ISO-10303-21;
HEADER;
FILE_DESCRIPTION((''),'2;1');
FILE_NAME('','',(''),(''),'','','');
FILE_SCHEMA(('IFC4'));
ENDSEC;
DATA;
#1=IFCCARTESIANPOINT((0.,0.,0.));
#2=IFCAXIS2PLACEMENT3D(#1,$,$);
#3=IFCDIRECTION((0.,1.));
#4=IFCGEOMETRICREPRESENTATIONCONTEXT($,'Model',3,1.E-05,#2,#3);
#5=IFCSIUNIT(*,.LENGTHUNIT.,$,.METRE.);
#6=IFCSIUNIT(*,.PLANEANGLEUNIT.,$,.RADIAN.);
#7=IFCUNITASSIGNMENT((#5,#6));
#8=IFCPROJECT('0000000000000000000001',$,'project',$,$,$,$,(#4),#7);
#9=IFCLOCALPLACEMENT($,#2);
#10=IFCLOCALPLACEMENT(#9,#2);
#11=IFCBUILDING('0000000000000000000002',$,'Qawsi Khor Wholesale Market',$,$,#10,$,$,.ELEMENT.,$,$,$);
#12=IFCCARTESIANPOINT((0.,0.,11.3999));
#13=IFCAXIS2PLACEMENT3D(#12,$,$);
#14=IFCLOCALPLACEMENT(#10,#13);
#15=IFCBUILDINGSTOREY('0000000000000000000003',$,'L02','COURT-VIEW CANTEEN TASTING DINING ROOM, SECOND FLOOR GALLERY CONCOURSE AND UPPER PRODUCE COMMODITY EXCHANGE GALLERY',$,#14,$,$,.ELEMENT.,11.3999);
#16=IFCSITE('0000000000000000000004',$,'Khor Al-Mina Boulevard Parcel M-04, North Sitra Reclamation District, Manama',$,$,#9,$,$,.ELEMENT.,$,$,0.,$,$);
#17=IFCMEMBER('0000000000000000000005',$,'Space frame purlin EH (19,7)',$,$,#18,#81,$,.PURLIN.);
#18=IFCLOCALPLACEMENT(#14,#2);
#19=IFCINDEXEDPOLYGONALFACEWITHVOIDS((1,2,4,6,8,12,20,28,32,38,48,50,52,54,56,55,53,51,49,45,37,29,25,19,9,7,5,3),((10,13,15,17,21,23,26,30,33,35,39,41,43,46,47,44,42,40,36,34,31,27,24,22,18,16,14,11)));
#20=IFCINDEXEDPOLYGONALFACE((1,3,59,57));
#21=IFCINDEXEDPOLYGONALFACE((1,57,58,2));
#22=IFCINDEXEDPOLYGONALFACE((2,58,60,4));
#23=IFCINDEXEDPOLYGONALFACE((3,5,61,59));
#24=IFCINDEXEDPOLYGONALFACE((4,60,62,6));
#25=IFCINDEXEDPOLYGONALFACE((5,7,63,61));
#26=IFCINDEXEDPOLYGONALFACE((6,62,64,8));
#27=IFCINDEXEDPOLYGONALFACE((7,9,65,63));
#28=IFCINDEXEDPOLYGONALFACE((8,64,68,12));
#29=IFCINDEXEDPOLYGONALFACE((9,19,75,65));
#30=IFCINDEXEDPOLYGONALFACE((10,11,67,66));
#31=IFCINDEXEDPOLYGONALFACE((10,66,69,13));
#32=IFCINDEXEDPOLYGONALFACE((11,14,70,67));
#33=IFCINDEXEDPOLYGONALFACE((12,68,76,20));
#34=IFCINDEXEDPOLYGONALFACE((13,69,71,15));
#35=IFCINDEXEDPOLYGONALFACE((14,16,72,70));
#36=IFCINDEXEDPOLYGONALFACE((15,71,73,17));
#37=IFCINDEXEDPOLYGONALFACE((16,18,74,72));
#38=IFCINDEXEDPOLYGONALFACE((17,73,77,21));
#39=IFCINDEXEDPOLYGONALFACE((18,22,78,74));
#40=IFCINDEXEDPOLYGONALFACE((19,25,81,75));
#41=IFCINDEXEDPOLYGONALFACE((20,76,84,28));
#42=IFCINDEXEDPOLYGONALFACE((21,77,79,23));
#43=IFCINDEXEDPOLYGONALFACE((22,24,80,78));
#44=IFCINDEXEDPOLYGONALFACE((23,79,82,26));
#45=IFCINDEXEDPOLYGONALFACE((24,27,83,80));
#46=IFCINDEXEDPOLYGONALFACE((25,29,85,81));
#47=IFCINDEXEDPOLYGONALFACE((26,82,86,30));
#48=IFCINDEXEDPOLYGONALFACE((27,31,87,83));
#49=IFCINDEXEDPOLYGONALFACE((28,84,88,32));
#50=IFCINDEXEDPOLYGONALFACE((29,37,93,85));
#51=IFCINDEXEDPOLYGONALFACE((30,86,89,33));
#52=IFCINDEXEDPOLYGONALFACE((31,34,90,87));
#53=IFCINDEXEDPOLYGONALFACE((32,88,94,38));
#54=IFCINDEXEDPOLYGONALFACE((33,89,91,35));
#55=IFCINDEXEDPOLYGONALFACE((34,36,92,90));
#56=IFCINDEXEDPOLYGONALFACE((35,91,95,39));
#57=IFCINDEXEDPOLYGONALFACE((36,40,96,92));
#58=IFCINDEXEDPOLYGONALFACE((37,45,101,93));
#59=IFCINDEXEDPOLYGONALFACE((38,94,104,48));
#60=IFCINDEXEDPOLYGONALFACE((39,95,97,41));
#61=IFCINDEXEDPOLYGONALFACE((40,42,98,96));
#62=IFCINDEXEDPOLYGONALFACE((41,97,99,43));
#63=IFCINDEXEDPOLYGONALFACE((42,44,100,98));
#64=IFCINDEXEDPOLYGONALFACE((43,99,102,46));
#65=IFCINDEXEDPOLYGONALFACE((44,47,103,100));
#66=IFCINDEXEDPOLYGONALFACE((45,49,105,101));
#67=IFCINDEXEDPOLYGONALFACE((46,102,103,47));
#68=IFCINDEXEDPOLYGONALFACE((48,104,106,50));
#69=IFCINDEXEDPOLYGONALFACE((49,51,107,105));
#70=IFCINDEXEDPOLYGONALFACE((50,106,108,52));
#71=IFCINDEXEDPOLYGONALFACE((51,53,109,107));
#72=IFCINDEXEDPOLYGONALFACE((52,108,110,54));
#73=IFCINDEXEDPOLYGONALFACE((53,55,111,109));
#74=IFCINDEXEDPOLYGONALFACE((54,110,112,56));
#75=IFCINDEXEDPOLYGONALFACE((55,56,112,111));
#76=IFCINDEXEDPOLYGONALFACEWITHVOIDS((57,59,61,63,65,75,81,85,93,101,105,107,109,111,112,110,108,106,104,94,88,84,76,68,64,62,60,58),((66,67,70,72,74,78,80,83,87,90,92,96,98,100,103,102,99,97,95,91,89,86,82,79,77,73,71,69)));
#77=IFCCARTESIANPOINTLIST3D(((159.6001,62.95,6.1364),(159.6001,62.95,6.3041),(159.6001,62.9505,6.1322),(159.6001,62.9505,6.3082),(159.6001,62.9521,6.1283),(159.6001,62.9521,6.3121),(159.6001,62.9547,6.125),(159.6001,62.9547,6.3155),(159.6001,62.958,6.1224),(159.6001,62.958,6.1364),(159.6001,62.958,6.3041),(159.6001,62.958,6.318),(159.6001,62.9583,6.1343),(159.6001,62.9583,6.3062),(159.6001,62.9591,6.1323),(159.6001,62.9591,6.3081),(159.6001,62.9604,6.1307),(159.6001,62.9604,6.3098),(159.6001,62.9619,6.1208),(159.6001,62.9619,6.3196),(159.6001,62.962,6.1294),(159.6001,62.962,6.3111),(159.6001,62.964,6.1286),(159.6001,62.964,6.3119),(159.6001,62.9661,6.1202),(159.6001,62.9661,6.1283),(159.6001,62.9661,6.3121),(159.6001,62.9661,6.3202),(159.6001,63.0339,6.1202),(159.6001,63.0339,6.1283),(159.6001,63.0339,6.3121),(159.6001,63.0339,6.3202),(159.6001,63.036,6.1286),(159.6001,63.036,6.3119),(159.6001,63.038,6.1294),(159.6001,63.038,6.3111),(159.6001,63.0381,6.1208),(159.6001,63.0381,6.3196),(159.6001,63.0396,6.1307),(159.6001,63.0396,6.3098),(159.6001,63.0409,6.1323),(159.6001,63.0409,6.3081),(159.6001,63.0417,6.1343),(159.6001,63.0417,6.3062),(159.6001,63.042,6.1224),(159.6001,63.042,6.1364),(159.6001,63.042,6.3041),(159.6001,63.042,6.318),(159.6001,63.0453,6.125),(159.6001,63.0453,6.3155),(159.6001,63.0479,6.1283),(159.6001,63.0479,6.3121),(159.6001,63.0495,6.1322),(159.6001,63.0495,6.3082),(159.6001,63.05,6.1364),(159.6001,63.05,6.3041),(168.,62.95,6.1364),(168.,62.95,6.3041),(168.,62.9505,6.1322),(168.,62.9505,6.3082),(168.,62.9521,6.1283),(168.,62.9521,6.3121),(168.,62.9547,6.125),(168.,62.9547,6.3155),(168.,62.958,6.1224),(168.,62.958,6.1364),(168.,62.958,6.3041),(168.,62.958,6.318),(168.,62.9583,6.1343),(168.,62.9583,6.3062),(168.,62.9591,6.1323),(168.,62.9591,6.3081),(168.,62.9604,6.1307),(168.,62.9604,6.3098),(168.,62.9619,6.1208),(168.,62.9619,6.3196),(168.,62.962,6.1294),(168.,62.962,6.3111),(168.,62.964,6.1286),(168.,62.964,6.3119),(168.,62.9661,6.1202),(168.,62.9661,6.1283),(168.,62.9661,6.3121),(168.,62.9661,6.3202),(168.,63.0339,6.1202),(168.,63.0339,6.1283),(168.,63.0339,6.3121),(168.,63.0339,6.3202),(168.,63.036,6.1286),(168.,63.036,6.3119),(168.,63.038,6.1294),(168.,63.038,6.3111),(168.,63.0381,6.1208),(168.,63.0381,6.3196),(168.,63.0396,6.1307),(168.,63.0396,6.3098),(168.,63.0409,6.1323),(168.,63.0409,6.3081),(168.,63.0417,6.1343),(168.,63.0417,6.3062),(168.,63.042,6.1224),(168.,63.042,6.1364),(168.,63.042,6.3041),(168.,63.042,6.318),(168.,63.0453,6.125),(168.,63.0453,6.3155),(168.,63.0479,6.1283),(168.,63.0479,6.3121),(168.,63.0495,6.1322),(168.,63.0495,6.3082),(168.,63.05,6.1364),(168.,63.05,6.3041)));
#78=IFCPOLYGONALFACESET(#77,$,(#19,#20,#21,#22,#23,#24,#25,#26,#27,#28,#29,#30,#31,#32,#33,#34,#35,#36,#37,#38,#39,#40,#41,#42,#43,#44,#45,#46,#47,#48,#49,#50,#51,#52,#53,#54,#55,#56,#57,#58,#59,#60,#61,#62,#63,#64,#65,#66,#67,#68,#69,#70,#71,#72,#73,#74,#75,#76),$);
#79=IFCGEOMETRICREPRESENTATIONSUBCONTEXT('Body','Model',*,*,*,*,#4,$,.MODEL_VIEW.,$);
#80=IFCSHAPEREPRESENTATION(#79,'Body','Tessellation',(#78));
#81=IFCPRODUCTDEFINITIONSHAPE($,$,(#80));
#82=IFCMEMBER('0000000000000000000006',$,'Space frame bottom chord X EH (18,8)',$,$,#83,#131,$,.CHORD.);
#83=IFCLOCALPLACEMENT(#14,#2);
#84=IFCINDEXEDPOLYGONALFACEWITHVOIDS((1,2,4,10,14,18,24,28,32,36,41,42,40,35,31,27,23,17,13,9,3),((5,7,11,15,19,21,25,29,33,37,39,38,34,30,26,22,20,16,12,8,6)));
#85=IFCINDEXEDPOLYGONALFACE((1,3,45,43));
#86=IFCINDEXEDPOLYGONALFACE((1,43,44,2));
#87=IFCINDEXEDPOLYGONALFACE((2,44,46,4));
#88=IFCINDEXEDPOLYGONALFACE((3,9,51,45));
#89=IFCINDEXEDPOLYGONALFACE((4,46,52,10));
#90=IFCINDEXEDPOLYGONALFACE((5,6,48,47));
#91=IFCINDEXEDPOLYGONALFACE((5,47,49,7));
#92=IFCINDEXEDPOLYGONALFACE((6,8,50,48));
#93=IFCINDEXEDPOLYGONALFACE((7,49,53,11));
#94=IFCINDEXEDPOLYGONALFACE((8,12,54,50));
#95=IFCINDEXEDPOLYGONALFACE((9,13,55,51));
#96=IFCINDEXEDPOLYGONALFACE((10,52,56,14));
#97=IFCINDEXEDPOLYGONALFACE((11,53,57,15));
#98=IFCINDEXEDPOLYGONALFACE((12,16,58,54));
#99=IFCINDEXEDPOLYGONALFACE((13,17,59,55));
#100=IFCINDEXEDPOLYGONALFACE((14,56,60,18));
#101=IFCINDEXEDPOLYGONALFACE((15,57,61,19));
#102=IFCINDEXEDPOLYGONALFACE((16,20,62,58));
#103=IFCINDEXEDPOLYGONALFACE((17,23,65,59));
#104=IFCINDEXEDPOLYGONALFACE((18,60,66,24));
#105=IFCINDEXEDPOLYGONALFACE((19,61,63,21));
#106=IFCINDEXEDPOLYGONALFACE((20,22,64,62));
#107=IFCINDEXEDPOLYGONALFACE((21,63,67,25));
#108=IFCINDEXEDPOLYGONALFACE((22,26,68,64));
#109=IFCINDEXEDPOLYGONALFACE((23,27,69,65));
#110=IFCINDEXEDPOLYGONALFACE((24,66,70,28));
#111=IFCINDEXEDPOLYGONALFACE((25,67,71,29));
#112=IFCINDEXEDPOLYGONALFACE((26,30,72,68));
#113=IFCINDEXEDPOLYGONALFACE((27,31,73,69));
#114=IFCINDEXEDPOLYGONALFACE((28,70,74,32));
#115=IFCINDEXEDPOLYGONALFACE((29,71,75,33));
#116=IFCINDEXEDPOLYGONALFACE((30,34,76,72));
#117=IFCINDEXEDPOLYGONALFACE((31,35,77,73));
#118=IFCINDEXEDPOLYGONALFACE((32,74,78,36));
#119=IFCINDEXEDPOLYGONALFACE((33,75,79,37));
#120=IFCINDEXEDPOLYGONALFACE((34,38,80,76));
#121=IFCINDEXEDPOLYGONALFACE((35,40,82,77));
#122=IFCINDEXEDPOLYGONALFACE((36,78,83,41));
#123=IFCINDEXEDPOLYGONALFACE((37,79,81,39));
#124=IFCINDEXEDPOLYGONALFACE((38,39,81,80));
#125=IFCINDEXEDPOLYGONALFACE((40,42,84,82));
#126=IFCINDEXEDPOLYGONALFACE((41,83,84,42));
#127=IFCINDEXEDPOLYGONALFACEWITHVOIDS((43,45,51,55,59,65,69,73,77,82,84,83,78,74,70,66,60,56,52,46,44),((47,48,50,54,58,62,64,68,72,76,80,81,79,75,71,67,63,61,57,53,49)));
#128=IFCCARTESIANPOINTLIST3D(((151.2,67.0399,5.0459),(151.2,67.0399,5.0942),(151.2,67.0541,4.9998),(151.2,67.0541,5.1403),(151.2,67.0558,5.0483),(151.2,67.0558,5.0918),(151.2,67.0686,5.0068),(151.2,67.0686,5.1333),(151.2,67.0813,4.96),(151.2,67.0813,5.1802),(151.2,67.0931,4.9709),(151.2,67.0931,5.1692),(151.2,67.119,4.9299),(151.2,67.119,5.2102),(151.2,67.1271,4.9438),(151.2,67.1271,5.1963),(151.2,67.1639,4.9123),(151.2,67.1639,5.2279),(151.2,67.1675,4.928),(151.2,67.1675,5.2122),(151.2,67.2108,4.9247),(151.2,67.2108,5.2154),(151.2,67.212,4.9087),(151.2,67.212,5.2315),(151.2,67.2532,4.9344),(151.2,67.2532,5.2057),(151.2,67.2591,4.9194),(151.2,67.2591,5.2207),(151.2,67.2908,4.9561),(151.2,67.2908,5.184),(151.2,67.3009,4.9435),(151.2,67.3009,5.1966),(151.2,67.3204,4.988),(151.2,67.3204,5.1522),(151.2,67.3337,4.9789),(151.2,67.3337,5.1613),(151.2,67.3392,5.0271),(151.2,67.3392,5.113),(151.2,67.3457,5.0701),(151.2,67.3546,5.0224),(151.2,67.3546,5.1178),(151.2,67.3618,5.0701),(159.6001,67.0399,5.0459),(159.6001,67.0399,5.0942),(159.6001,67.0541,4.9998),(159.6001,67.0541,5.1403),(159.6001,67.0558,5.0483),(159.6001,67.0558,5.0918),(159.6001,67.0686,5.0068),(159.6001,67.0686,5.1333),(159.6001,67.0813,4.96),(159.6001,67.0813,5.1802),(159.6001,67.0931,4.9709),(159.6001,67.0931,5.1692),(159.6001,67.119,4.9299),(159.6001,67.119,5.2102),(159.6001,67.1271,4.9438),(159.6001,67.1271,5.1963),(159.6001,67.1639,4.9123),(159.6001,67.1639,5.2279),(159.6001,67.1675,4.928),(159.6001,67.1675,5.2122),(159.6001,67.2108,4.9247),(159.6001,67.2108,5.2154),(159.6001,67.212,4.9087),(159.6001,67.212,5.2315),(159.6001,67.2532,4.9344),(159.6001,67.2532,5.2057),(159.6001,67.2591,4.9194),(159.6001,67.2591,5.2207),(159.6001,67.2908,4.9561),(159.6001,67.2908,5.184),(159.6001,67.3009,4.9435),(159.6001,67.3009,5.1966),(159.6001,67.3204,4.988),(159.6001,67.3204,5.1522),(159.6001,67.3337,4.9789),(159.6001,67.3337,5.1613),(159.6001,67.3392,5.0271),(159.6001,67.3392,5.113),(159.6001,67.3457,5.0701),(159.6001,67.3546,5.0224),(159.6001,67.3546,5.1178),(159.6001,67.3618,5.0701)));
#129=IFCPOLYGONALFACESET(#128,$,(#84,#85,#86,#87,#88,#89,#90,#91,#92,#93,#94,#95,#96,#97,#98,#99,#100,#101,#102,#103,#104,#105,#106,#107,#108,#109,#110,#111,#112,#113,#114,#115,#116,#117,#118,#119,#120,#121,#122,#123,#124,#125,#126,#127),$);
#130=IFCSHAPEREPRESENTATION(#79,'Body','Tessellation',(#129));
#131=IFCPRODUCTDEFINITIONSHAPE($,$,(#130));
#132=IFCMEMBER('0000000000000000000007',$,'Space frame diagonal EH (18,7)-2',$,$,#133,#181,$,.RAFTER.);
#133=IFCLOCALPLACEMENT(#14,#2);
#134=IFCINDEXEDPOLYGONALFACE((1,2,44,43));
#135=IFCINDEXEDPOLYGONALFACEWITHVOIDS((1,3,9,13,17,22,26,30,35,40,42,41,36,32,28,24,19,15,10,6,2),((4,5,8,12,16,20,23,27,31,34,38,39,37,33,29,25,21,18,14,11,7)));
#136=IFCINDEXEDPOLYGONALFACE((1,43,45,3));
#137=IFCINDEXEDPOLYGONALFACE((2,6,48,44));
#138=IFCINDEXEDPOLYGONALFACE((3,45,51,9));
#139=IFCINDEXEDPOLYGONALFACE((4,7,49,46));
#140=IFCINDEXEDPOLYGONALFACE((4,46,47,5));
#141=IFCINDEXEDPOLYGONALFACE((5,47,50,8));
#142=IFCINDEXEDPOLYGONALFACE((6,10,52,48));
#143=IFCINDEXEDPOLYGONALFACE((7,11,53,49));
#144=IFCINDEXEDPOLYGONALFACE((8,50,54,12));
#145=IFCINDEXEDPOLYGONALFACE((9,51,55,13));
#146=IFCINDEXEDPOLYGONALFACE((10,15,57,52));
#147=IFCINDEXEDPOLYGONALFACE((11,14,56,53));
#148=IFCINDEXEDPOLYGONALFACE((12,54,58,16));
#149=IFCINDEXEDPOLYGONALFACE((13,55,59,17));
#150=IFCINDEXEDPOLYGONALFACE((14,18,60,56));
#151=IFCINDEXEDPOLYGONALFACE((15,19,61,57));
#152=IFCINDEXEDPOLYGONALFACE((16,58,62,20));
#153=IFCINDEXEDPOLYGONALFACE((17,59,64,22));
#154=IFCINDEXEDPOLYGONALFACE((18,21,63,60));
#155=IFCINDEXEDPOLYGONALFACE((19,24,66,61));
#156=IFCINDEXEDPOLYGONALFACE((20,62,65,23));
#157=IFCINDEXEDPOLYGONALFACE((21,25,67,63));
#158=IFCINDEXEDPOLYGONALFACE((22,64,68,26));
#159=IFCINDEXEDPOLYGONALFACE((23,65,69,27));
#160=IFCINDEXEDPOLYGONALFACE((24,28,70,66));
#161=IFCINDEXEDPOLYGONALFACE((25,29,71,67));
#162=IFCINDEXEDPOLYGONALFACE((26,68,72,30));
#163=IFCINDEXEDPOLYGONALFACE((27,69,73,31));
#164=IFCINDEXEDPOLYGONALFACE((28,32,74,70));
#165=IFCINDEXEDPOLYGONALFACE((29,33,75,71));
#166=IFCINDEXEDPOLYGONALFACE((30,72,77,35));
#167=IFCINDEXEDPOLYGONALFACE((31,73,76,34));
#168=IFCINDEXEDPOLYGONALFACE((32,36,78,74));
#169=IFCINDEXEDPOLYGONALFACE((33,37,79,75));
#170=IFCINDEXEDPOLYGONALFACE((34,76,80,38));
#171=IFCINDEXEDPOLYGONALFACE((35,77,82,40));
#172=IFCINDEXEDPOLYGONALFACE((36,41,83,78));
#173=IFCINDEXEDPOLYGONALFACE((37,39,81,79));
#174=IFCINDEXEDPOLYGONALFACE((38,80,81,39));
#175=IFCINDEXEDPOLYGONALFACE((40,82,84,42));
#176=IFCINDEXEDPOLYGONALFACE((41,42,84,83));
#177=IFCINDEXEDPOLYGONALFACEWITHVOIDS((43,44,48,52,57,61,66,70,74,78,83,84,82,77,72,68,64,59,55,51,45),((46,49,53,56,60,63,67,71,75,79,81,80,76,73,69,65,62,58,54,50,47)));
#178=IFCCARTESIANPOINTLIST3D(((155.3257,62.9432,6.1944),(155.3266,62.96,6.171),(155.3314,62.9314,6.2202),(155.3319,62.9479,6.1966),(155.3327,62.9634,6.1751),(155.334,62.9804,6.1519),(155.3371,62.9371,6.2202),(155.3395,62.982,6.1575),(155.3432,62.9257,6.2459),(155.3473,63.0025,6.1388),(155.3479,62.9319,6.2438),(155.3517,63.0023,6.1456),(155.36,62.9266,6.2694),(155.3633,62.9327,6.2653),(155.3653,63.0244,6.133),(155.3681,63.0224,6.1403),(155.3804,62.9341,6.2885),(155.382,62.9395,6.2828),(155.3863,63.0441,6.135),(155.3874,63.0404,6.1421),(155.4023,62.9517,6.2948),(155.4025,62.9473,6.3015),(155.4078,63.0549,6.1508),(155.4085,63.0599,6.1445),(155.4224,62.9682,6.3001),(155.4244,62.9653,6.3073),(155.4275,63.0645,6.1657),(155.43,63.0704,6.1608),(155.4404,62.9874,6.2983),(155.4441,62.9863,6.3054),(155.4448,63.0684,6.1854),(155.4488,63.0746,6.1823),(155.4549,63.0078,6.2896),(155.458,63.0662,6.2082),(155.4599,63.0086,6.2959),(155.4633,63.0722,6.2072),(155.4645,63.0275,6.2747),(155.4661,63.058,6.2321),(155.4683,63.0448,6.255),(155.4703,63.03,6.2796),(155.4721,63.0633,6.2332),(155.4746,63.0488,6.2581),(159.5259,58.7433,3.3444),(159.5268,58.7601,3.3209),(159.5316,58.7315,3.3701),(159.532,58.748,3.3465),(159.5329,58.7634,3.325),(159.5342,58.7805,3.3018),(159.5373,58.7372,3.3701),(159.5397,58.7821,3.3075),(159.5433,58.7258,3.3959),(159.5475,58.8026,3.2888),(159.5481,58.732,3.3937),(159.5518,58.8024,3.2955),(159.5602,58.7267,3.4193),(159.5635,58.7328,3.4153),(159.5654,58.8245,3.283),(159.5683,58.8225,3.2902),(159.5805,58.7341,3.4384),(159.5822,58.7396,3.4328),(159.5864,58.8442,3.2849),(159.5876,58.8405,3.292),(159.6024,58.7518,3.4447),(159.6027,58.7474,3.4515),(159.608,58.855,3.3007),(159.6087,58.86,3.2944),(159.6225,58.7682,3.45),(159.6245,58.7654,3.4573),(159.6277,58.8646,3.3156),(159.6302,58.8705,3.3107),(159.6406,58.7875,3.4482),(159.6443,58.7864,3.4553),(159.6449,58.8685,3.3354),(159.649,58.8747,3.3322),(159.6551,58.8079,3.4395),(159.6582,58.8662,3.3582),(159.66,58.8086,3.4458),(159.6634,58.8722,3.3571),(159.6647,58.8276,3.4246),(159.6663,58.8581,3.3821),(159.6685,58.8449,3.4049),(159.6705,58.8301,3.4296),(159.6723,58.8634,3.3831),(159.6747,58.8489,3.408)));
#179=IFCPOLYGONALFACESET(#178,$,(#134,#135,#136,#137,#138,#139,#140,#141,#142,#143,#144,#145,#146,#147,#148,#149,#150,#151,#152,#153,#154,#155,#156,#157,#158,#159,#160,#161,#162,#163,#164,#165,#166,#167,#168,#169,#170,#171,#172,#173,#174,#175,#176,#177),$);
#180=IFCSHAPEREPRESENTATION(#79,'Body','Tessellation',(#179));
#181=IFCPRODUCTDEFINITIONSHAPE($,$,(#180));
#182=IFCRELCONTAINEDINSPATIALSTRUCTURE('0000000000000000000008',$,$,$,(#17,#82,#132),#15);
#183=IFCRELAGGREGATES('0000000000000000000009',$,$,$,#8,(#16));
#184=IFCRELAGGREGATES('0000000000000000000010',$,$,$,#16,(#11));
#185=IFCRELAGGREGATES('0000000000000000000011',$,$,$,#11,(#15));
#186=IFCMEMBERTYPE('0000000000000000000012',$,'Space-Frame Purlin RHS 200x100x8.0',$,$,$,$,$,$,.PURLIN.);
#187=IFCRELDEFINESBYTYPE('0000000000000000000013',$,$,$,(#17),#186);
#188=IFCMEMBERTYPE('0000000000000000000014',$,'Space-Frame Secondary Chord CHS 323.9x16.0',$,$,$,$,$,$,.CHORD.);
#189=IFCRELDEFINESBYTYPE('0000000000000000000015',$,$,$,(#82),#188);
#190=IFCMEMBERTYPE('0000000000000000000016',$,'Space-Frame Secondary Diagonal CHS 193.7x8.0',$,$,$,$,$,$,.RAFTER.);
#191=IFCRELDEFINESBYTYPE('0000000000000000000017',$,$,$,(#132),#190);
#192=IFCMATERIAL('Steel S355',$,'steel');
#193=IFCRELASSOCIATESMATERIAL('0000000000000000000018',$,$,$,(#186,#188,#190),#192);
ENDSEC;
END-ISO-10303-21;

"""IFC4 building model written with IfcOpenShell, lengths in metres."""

from ifc_helpers import new_model, si_unit, direction, frame, origin, origin_2d, place, context, subcontext, project, spatial, hollow_rectangle, hollow_circle, extrude, material, material_profile, profile_set, type_object, element, save


model = new_model("IFC4")

# Units and contexts
model_context = context("Model", 3, precision=1e-05, world=origin(), true_north=direction((0.0, 1.0)))
body_context = subcontext(model_context, "Body", "Model", "MODEL_VIEW")
ifc_project = project(units=[si_unit("LENGTHUNIT", "METRE"), si_unit("PLANEANGLEUNIT", "RADIAN")], contexts=[model_context])

# Site, building, storey
site_placement = place(None, origin())
site = spatial("IfcSite", under=ifc_project, at=site_placement, Name="Khor Al-Mina Boulevard Parcel M-04, North Sitra Reclamation District, Manama", CompositionType="ELEMENT", RefElevation=0.0)
building_placement = place(site_placement, origin())
building = spatial("IfcBuilding", under=site, at=building_placement, Name="Qawsi Khor Wholesale Market", CompositionType="ELEMENT")
storey_placement = place(building_placement, frame((0.0, 0.0, 11.3999)))
storey = spatial("IfcBuildingStorey", under=building, at=storey_placement, Name="L02", Description="COURT-VIEW CANTEEN TASTING DINING ROOM, SECOND FLOOR GALLERY CONCOURSE AND UPPER PRODUCE COMMODITY EXCHANGE GALLERY", CompositionType="ELEMENT", Elevation=11.3999)

# Members
ifc_material_1 = material(Name="Steel S355", Category="steel")
ifc_material_profile_1 = material_profile(ifc_material_1, hollow_rectangle(XDim=0.1001, YDim=0.2, WallThickness=0.0081, InnerFilletRadius=0.0081, OuterFilletRadius=0.0161, at=origin_2d()), Name="RHS 200x100x8.0")
ifc_profile_set_1 = profile_set([ifc_material_profile_1], Name="Steel S355")
member_type_1 = type_object("IfcMemberType", Name="Space-Frame Purlin RHS 200x100x8.0", PredefinedType="PURLIN", material=ifc_profile_set_1)
member_1_placement = place(storey_placement, frame((159.6001, 63.0, 6.2202), z_axis=(1.0, 0.0, 0.0), x_axis=(0.0, 1.0, 0.0)))
element("IfcMember", 1, at=member_1_placement, inside=storey, type_object=member_type_1, Name="Space frame purlin EH (19,7)", PredefinedType="PURLIN", context=body_context, shape_type="SweptSolid", body=[
    extrude(hollow_rectangle(XDim=0.1001, YDim=0.2, WallThickness=0.0081, InnerFilletRadius=0.0081, OuterFilletRadius=0.0161, at=origin_2d()), origin(), (0.0, 0.0, 1.0), 8.3999),
])
ifc_material_profile_2 = material_profile(ifc_material_1, hollow_circle(Radius=0.1619, WallThickness=0.0161, at=origin_2d()), Name="CHS 323.9x16.0")
ifc_profile_set_2 = profile_set([ifc_material_profile_2], Name="Steel S355")
member_type_2 = type_object("IfcMemberType", Name="Space-Frame Secondary Chord CHS 323.9x16.0", PredefinedType="CHORD", material=ifc_profile_set_2)
member_2_placement = place(storey_placement, frame((151.2, 67.2, 5.0701), z_axis=(1.0, 0.0, 0.0), x_axis=(0.0, 1.0, 0.0)))
element("IfcMember", 2, at=member_2_placement, inside=storey, type_object=member_type_2, Name="Space frame bottom chord X EH (18,8)", PredefinedType="CHORD", context=body_context, shape_type="SweptSolid", body=[
    extrude(hollow_circle(Radius=0.1619, WallThickness=0.0161, at=origin_2d()), origin(), (0.0, 0.0, 1.0), 8.4001),
])
ifc_material_profile_3 = material_profile(ifc_material_1, hollow_circle(Radius=0.0969, WallThickness=0.0081, at=origin_2d()), Name="CHS 193.7x8.0")
ifc_profile_set_3 = profile_set([ifc_material_profile_3], Name="Steel S355")
member_type_3 = type_object("IfcMemberType", Name="Space-Frame Secondary Diagonal CHS 193.7x8.0", PredefinedType="RAFTER", material=ifc_profile_set_3)
member_3_placement = place(storey_placement, frame((159.6001, 58.8, 3.3701), z_axis=(-0.637534, 0.637497, 0.432607), x_axis=(-0.707086, -0.707127, 0.0)))
element("IfcMember", 3, at=member_3_placement, inside=storey, type_object=member_type_3, Name="Space frame diagonal EH (18,7)-2", PredefinedType="RAFTER", context=body_context, shape_type="SweptSolid", body=[
    extrude(hollow_circle(Radius=0.0969, WallThickness=0.0081, at=origin_2d()), origin(), (0.0, 0.0, 1.0), 6.5881),
])

save(model, "model.ifc")
